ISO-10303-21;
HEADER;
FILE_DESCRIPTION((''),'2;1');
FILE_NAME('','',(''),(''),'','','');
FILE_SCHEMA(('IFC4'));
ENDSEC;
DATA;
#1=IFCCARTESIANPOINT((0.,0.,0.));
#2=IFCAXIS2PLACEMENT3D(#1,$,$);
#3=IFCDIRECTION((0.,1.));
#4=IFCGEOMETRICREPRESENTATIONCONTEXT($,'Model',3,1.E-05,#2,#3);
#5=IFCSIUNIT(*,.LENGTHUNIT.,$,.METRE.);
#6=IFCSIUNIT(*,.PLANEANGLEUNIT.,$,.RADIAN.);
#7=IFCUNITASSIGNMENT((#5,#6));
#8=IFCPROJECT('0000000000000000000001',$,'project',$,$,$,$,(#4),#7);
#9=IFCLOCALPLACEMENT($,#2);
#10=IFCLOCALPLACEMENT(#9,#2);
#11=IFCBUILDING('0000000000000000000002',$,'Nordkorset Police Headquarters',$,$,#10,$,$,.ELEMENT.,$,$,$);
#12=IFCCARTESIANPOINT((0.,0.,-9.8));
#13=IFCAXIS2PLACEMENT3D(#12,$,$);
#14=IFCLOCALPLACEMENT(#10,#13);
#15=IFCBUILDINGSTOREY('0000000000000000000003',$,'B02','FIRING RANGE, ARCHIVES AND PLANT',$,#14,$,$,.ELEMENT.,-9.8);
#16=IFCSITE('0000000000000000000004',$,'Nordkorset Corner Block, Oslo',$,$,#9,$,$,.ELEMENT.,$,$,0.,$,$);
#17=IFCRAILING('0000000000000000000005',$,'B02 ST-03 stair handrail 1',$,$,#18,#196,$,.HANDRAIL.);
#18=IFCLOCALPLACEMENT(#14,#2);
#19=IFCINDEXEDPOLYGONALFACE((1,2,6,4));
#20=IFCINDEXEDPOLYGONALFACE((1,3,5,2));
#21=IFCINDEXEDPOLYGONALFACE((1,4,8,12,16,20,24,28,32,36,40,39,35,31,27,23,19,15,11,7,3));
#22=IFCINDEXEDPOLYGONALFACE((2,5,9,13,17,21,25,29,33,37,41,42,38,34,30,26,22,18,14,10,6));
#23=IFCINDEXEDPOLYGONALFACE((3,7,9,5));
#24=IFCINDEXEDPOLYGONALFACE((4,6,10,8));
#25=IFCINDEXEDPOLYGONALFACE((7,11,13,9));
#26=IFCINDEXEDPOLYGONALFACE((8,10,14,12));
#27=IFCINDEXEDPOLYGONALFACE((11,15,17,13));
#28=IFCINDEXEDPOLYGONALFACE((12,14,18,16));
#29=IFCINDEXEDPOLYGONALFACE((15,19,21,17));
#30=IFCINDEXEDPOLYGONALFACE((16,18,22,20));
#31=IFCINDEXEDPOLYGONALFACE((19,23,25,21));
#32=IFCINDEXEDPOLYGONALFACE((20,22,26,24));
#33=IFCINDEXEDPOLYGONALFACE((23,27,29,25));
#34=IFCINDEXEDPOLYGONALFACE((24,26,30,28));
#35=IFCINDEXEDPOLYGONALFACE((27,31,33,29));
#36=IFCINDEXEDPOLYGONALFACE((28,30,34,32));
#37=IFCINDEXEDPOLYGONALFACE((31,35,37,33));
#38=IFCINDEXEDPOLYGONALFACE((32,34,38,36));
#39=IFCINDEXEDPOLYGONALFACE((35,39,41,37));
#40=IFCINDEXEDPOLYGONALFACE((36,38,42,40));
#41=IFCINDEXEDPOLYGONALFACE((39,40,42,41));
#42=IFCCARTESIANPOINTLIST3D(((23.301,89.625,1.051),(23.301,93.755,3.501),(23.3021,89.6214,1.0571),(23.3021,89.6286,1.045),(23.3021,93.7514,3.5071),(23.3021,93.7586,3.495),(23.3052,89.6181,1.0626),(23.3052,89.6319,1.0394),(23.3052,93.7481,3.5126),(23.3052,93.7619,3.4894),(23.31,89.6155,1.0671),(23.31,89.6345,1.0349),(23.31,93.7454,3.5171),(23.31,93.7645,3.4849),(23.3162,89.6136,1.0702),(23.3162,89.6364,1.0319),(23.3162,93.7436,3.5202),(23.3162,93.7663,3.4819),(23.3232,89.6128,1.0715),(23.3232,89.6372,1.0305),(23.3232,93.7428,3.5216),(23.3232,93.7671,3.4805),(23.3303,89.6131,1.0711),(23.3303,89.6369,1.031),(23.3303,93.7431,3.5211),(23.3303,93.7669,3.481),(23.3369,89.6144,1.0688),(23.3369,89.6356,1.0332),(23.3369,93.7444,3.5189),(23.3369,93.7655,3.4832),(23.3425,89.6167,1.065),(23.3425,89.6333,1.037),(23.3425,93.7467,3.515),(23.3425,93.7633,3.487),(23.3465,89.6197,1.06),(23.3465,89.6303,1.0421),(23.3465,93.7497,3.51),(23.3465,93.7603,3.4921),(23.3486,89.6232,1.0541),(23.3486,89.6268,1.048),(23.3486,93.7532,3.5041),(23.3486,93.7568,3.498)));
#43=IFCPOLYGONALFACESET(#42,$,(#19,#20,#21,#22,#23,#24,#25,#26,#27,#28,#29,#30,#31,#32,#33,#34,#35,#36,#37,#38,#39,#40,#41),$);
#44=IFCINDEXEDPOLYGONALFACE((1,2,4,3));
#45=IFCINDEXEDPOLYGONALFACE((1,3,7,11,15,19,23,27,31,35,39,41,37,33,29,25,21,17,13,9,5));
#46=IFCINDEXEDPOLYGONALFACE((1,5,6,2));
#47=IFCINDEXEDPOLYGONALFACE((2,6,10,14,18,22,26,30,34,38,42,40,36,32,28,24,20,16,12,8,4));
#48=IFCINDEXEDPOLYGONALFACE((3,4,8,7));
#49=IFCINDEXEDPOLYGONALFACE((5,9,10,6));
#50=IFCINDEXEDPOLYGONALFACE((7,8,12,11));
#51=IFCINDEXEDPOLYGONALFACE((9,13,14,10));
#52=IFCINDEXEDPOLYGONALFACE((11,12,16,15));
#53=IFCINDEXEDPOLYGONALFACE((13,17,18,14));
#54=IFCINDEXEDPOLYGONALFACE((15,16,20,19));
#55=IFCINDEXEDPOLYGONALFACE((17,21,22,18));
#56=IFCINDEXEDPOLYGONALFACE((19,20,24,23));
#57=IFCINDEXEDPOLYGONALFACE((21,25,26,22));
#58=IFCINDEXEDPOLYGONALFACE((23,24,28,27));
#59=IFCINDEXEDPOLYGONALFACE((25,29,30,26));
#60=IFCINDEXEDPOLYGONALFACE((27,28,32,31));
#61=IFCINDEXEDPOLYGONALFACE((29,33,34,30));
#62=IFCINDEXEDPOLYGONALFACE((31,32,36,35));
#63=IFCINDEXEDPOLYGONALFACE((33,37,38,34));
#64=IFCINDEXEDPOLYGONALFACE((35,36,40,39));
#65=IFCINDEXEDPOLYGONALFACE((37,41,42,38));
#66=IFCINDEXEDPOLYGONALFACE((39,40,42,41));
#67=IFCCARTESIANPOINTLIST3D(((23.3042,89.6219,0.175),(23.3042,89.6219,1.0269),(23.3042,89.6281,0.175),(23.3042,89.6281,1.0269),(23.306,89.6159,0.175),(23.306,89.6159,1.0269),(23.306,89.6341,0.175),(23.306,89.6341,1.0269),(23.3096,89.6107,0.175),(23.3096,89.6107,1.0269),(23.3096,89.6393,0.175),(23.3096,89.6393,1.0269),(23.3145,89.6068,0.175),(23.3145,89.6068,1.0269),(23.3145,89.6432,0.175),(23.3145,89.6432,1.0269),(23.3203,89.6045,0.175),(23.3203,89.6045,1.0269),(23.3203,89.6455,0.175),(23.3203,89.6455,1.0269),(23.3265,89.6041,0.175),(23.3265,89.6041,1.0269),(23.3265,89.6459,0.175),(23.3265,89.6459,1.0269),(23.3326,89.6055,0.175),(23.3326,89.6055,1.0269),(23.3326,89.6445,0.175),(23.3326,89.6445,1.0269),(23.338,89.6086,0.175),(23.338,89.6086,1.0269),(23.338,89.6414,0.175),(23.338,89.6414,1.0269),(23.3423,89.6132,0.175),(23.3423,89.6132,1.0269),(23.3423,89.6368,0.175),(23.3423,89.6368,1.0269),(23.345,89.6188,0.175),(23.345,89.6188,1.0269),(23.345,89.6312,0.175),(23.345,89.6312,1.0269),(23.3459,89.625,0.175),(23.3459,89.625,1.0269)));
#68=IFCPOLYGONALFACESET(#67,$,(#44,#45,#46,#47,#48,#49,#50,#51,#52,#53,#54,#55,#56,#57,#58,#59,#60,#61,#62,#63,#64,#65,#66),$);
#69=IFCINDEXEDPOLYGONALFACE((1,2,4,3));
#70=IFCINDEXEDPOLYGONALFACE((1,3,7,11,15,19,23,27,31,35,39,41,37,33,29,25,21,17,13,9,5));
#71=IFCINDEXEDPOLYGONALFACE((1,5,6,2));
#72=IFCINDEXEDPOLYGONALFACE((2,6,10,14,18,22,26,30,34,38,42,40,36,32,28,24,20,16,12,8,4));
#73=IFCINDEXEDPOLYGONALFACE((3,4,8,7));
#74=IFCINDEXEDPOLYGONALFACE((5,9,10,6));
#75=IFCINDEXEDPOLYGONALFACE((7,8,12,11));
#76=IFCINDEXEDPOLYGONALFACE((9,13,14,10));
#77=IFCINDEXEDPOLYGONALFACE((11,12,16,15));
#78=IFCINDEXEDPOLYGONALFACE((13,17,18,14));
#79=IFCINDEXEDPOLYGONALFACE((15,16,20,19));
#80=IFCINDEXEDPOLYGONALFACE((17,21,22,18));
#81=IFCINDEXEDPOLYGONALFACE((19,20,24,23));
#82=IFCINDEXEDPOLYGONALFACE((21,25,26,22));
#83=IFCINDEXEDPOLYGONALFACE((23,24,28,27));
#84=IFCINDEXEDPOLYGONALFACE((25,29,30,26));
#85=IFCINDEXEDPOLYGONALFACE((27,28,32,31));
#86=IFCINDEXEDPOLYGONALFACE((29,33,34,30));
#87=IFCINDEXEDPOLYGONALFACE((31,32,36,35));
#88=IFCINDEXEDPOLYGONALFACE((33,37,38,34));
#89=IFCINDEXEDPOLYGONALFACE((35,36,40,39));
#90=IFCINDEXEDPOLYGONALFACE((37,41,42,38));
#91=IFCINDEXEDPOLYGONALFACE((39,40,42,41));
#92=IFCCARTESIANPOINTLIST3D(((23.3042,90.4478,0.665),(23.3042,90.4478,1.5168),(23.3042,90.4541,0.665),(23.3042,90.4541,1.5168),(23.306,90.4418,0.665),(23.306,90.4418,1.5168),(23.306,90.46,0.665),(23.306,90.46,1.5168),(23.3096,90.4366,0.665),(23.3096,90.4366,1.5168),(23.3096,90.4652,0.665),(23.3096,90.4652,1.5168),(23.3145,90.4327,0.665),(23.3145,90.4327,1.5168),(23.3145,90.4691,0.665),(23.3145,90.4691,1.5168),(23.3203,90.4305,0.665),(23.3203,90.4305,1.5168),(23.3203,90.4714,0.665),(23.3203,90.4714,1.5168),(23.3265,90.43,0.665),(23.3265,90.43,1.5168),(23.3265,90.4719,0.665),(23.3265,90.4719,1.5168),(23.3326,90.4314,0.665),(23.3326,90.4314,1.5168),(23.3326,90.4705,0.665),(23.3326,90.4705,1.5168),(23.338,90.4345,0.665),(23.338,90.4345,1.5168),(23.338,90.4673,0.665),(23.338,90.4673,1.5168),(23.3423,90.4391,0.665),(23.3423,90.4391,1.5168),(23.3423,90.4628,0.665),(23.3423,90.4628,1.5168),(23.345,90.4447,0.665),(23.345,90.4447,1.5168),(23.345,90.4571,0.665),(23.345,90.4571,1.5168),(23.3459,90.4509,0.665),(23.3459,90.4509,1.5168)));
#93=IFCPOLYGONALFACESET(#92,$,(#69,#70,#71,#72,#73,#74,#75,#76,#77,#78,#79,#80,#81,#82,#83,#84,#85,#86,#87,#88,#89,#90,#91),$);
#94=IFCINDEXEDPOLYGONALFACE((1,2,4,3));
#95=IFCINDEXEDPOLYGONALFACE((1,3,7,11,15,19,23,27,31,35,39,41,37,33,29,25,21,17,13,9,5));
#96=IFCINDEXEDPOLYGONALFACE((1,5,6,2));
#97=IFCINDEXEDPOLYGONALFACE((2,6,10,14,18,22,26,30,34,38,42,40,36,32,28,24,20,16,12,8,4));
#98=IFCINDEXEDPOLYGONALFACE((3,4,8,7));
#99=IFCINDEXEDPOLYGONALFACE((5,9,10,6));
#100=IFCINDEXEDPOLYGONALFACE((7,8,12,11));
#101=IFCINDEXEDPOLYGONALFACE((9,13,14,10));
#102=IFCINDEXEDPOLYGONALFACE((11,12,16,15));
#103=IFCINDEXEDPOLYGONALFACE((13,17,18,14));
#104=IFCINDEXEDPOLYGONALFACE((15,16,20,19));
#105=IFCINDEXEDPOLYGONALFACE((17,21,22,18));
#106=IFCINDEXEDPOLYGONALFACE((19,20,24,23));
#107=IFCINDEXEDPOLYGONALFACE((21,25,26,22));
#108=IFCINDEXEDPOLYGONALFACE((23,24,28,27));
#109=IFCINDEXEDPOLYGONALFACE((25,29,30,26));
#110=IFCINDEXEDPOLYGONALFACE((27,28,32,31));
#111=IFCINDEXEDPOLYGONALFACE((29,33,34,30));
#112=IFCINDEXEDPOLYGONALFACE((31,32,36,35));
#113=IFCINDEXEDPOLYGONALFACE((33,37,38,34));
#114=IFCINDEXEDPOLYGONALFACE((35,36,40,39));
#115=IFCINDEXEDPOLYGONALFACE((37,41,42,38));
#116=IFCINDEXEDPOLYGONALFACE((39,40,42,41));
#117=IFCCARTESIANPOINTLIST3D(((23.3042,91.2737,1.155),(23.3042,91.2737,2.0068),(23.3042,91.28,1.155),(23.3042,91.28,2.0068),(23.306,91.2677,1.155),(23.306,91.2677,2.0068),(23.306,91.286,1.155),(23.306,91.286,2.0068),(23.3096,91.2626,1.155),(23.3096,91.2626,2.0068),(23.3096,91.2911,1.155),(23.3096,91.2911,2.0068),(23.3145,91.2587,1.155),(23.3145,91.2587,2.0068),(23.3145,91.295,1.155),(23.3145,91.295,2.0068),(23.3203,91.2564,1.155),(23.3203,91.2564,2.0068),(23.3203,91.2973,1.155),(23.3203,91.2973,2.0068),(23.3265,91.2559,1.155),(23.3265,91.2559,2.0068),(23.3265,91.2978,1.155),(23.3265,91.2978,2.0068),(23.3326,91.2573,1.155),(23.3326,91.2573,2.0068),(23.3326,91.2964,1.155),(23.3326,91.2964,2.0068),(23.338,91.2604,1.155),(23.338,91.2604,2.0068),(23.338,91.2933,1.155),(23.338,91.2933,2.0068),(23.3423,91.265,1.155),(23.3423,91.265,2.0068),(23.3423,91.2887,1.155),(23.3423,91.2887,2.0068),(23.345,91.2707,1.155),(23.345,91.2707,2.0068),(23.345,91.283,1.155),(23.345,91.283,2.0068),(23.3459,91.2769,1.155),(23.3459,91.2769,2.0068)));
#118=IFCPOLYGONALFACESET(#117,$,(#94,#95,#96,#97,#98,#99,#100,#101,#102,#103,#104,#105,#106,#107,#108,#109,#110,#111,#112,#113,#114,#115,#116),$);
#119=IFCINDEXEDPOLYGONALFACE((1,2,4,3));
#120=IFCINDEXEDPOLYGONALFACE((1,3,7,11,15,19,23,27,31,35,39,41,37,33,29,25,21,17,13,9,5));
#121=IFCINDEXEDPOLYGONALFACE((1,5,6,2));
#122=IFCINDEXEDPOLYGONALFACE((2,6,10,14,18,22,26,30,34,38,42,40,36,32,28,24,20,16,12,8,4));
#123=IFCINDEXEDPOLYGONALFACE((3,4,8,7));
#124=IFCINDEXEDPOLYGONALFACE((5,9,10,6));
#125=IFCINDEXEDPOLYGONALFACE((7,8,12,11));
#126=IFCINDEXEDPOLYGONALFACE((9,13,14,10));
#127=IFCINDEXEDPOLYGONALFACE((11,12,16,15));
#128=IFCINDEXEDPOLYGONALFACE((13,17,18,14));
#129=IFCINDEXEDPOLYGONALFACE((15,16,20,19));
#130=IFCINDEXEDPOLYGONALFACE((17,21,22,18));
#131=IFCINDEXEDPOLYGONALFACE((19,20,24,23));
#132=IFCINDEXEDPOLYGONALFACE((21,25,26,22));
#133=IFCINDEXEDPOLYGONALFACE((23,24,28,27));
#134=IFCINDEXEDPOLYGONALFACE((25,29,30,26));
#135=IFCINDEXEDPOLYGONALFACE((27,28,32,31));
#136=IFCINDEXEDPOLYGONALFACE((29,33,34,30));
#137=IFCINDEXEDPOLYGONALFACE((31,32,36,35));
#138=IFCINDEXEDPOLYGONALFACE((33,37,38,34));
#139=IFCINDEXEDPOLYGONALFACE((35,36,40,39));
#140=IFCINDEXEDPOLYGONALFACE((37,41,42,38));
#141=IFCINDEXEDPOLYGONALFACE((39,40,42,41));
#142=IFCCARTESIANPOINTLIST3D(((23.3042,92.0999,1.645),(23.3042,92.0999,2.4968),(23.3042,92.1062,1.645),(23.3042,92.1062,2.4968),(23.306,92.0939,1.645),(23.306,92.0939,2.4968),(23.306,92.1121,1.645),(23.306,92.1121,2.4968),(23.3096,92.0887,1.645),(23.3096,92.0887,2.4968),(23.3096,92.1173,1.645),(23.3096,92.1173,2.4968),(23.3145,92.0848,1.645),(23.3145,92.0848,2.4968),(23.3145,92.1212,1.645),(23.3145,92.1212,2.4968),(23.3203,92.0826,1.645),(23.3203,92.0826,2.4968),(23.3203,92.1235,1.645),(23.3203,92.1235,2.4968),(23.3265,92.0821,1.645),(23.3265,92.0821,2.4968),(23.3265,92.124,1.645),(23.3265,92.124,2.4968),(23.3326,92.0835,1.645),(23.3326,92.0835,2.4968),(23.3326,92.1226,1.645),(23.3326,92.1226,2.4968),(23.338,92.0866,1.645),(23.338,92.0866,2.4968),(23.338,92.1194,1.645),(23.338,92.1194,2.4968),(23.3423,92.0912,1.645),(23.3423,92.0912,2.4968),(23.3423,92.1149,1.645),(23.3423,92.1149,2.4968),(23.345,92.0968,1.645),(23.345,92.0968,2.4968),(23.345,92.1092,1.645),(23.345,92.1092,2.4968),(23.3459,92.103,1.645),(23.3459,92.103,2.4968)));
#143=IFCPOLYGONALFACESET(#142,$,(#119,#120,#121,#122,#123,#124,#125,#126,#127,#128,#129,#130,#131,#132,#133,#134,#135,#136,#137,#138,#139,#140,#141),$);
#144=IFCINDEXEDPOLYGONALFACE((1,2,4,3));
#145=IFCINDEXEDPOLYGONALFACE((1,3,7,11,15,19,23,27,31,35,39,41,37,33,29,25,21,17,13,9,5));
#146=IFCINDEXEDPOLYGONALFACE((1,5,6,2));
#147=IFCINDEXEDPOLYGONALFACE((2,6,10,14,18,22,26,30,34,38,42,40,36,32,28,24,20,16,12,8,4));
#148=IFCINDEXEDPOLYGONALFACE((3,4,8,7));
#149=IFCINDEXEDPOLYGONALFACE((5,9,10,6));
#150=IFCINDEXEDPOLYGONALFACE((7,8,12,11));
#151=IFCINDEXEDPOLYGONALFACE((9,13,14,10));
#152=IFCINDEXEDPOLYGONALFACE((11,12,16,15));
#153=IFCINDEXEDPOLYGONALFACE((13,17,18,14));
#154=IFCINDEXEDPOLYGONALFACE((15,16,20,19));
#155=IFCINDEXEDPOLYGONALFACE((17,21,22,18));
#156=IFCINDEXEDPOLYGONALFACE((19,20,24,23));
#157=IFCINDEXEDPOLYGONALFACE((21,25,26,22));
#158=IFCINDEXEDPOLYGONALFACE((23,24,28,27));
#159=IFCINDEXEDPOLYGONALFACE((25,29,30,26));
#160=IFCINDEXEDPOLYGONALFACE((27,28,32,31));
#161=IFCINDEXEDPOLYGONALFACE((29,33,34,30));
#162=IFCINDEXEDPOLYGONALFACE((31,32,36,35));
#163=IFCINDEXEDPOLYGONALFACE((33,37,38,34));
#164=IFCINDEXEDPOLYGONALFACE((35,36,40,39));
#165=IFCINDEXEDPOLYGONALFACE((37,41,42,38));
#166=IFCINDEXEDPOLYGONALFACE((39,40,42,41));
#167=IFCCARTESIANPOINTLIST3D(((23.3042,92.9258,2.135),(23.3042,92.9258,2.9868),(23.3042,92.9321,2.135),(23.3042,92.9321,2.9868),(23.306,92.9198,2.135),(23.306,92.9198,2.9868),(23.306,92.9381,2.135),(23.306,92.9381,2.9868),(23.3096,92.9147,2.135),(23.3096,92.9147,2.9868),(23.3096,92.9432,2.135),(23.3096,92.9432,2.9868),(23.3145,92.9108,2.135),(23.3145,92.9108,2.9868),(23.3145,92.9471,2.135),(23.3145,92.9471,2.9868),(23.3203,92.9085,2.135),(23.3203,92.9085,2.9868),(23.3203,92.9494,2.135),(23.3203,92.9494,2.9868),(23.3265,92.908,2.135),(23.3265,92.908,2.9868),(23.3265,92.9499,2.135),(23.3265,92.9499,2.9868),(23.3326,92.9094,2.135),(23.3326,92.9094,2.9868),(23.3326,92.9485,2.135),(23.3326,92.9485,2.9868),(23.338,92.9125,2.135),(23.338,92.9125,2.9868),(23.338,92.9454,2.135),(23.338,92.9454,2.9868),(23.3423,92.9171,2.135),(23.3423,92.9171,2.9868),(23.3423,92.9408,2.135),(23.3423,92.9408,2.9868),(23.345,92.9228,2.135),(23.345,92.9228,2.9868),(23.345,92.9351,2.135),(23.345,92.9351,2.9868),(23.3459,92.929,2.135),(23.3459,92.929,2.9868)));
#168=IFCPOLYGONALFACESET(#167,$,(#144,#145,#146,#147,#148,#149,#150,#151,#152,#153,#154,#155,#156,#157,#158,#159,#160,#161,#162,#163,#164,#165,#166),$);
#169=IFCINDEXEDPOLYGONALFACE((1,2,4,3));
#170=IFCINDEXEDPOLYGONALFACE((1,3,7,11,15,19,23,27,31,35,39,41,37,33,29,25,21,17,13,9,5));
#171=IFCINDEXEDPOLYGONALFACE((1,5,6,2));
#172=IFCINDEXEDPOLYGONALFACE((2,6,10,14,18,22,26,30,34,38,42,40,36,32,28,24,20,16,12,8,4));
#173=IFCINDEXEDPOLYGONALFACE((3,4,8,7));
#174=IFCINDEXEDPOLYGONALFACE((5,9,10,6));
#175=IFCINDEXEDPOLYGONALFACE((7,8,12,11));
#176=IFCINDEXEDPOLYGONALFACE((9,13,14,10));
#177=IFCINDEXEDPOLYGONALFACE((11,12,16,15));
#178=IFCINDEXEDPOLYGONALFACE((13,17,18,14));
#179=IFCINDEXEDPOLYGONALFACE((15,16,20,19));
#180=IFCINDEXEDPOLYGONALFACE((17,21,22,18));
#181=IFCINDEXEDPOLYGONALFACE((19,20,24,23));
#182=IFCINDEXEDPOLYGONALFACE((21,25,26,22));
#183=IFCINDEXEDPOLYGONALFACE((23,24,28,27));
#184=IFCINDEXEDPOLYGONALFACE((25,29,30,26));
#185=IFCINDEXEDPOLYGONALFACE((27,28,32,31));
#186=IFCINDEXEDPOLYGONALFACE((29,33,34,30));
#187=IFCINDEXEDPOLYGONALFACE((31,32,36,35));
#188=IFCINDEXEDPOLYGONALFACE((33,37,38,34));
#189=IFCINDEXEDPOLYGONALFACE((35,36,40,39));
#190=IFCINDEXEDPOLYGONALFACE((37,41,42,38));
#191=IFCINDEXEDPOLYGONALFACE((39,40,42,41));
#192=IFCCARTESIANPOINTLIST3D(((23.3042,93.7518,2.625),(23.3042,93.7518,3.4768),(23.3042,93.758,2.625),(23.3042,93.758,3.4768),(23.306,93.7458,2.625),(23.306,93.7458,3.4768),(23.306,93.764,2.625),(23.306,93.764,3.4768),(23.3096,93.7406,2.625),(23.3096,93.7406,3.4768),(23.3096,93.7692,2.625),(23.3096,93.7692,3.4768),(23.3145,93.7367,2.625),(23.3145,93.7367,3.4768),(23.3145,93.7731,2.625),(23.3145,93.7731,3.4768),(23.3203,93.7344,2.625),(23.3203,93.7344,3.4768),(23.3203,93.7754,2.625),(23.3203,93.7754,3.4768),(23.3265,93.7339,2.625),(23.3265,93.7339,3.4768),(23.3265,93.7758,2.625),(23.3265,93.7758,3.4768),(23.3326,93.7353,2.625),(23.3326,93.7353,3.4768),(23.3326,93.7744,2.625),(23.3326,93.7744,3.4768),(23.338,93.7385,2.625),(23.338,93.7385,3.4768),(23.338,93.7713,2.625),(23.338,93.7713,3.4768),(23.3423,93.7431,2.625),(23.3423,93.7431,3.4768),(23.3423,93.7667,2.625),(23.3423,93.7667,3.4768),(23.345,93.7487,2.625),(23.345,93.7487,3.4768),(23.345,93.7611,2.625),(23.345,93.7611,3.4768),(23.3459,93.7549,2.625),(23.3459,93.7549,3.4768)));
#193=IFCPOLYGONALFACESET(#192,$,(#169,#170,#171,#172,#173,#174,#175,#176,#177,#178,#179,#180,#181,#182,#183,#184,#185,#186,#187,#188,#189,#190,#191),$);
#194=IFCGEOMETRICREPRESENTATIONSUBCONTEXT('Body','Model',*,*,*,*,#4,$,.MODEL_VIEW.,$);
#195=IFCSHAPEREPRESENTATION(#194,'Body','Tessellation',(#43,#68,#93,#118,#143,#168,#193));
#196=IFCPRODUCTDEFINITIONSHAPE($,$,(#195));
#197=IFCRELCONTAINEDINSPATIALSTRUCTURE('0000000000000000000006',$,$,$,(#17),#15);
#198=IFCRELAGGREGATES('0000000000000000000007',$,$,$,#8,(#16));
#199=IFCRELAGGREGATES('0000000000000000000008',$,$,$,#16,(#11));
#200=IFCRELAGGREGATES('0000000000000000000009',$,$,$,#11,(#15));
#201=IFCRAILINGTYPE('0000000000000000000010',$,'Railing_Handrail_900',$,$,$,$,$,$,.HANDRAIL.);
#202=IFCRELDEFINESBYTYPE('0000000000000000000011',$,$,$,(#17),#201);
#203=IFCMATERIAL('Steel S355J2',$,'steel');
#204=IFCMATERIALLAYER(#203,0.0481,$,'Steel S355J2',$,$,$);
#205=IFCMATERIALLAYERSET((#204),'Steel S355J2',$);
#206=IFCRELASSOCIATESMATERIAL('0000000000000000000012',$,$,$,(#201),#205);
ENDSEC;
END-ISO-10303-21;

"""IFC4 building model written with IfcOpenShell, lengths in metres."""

from ifc_helpers import new_model, si_unit, direction, frame, origin, origin_2d, place, context, subcontext, project, spatial, circle, extrude, material, layer, layer_set, type_object, element, save


model = new_model("IFC4")

# Units and contexts
model_context = context("Model", 3, precision=1e-05, world=origin(), true_north=direction((0.0, 1.0)))
body_context = subcontext(model_context, "Body", "Model", "MODEL_VIEW")
ifc_project = project(units=[si_unit("LENGTHUNIT", "METRE"), si_unit("PLANEANGLEUNIT", "RADIAN")], contexts=[model_context])

# Site, building, storey
site_placement = place(None, origin())
site = spatial("IfcSite", under=ifc_project, at=site_placement, Name="Nordkorset Corner Block, Oslo", CompositionType="ELEMENT", RefElevation=0.0)
building_placement = place(site_placement, origin())
building = spatial("IfcBuilding", under=site, at=building_placement, Name="Nordkorset Police Headquarters", CompositionType="ELEMENT")
storey_placement = place(building_placement, frame((0.0, 0.0, -9.8)))
storey = spatial("IfcBuildingStorey", under=building, at=storey_placement, Name="B02", Description="FIRING RANGE, ARCHIVES AND PLANT", CompositionType="ELEMENT", Elevation=-9.8)

# Railing
ifc_material_1 = material(Name="Steel S355J2", Category="steel")
ifc_layer_1 = layer(ifc_material_1, 0.0481, Name="Steel S355J2")
ifc_layer_set_1 = layer_set([ifc_layer_1], Name="Steel S355J2")
railing_type_1 = type_object("IfcRailingType", Name="Railing_Handrail_900", PredefinedType="HANDRAIL", material=ifc_layer_set_1)
railing_1_placement = place(storey_placement, frame((23.325, 89.625, 0.175)))
element("IfcRailing", 1, at=railing_1_placement, inside=storey, type_object=railing_type_1, Name="B02 ST-03 stair handrail 1", PredefinedType="HANDRAIL", context=body_context, shape_type="SweptSolid", body=[
    extrude(circle(Radius=0.0239, at=origin_2d()), frame((0.0, 0.0, 0.876), z_axis=(0.0, 0.860053, 0.510205), x_axis=(-1.0, 0.0, 0.0)), (0.0, 0.0, 1.0), 4.802),
    extrude(circle(Radius=0.021, at=origin_2d()), origin(), (0.0, 0.0, 1.0), 0.8518),
    extrude(circle(Radius=0.021, at=origin_2d()), frame((0.0, 0.8259, 0.49)), (0.0, 0.0, 1.0), 0.8518),
    extrude(circle(Radius=0.021, at=origin_2d()), frame((0.0, 1.6519, 0.98)), (0.0, 0.0, 1.0), 0.8518),
    extrude(circle(Radius=0.021, at=origin_2d()), frame((0.0, 2.478, 1.47)), (0.0, 0.0, 1.0), 0.8518),
    extrude(circle(Radius=0.021, at=origin_2d()), frame((0.0, 3.304, 1.96)), (0.0, 0.0, 1.0), 0.8518),
    extrude(circle(Radius=0.021, at=origin_2d()), frame((0.0, 4.1299, 2.45)), (0.0, 0.0, 1.0), 0.8518),
])

save(model, "model.ifc")
